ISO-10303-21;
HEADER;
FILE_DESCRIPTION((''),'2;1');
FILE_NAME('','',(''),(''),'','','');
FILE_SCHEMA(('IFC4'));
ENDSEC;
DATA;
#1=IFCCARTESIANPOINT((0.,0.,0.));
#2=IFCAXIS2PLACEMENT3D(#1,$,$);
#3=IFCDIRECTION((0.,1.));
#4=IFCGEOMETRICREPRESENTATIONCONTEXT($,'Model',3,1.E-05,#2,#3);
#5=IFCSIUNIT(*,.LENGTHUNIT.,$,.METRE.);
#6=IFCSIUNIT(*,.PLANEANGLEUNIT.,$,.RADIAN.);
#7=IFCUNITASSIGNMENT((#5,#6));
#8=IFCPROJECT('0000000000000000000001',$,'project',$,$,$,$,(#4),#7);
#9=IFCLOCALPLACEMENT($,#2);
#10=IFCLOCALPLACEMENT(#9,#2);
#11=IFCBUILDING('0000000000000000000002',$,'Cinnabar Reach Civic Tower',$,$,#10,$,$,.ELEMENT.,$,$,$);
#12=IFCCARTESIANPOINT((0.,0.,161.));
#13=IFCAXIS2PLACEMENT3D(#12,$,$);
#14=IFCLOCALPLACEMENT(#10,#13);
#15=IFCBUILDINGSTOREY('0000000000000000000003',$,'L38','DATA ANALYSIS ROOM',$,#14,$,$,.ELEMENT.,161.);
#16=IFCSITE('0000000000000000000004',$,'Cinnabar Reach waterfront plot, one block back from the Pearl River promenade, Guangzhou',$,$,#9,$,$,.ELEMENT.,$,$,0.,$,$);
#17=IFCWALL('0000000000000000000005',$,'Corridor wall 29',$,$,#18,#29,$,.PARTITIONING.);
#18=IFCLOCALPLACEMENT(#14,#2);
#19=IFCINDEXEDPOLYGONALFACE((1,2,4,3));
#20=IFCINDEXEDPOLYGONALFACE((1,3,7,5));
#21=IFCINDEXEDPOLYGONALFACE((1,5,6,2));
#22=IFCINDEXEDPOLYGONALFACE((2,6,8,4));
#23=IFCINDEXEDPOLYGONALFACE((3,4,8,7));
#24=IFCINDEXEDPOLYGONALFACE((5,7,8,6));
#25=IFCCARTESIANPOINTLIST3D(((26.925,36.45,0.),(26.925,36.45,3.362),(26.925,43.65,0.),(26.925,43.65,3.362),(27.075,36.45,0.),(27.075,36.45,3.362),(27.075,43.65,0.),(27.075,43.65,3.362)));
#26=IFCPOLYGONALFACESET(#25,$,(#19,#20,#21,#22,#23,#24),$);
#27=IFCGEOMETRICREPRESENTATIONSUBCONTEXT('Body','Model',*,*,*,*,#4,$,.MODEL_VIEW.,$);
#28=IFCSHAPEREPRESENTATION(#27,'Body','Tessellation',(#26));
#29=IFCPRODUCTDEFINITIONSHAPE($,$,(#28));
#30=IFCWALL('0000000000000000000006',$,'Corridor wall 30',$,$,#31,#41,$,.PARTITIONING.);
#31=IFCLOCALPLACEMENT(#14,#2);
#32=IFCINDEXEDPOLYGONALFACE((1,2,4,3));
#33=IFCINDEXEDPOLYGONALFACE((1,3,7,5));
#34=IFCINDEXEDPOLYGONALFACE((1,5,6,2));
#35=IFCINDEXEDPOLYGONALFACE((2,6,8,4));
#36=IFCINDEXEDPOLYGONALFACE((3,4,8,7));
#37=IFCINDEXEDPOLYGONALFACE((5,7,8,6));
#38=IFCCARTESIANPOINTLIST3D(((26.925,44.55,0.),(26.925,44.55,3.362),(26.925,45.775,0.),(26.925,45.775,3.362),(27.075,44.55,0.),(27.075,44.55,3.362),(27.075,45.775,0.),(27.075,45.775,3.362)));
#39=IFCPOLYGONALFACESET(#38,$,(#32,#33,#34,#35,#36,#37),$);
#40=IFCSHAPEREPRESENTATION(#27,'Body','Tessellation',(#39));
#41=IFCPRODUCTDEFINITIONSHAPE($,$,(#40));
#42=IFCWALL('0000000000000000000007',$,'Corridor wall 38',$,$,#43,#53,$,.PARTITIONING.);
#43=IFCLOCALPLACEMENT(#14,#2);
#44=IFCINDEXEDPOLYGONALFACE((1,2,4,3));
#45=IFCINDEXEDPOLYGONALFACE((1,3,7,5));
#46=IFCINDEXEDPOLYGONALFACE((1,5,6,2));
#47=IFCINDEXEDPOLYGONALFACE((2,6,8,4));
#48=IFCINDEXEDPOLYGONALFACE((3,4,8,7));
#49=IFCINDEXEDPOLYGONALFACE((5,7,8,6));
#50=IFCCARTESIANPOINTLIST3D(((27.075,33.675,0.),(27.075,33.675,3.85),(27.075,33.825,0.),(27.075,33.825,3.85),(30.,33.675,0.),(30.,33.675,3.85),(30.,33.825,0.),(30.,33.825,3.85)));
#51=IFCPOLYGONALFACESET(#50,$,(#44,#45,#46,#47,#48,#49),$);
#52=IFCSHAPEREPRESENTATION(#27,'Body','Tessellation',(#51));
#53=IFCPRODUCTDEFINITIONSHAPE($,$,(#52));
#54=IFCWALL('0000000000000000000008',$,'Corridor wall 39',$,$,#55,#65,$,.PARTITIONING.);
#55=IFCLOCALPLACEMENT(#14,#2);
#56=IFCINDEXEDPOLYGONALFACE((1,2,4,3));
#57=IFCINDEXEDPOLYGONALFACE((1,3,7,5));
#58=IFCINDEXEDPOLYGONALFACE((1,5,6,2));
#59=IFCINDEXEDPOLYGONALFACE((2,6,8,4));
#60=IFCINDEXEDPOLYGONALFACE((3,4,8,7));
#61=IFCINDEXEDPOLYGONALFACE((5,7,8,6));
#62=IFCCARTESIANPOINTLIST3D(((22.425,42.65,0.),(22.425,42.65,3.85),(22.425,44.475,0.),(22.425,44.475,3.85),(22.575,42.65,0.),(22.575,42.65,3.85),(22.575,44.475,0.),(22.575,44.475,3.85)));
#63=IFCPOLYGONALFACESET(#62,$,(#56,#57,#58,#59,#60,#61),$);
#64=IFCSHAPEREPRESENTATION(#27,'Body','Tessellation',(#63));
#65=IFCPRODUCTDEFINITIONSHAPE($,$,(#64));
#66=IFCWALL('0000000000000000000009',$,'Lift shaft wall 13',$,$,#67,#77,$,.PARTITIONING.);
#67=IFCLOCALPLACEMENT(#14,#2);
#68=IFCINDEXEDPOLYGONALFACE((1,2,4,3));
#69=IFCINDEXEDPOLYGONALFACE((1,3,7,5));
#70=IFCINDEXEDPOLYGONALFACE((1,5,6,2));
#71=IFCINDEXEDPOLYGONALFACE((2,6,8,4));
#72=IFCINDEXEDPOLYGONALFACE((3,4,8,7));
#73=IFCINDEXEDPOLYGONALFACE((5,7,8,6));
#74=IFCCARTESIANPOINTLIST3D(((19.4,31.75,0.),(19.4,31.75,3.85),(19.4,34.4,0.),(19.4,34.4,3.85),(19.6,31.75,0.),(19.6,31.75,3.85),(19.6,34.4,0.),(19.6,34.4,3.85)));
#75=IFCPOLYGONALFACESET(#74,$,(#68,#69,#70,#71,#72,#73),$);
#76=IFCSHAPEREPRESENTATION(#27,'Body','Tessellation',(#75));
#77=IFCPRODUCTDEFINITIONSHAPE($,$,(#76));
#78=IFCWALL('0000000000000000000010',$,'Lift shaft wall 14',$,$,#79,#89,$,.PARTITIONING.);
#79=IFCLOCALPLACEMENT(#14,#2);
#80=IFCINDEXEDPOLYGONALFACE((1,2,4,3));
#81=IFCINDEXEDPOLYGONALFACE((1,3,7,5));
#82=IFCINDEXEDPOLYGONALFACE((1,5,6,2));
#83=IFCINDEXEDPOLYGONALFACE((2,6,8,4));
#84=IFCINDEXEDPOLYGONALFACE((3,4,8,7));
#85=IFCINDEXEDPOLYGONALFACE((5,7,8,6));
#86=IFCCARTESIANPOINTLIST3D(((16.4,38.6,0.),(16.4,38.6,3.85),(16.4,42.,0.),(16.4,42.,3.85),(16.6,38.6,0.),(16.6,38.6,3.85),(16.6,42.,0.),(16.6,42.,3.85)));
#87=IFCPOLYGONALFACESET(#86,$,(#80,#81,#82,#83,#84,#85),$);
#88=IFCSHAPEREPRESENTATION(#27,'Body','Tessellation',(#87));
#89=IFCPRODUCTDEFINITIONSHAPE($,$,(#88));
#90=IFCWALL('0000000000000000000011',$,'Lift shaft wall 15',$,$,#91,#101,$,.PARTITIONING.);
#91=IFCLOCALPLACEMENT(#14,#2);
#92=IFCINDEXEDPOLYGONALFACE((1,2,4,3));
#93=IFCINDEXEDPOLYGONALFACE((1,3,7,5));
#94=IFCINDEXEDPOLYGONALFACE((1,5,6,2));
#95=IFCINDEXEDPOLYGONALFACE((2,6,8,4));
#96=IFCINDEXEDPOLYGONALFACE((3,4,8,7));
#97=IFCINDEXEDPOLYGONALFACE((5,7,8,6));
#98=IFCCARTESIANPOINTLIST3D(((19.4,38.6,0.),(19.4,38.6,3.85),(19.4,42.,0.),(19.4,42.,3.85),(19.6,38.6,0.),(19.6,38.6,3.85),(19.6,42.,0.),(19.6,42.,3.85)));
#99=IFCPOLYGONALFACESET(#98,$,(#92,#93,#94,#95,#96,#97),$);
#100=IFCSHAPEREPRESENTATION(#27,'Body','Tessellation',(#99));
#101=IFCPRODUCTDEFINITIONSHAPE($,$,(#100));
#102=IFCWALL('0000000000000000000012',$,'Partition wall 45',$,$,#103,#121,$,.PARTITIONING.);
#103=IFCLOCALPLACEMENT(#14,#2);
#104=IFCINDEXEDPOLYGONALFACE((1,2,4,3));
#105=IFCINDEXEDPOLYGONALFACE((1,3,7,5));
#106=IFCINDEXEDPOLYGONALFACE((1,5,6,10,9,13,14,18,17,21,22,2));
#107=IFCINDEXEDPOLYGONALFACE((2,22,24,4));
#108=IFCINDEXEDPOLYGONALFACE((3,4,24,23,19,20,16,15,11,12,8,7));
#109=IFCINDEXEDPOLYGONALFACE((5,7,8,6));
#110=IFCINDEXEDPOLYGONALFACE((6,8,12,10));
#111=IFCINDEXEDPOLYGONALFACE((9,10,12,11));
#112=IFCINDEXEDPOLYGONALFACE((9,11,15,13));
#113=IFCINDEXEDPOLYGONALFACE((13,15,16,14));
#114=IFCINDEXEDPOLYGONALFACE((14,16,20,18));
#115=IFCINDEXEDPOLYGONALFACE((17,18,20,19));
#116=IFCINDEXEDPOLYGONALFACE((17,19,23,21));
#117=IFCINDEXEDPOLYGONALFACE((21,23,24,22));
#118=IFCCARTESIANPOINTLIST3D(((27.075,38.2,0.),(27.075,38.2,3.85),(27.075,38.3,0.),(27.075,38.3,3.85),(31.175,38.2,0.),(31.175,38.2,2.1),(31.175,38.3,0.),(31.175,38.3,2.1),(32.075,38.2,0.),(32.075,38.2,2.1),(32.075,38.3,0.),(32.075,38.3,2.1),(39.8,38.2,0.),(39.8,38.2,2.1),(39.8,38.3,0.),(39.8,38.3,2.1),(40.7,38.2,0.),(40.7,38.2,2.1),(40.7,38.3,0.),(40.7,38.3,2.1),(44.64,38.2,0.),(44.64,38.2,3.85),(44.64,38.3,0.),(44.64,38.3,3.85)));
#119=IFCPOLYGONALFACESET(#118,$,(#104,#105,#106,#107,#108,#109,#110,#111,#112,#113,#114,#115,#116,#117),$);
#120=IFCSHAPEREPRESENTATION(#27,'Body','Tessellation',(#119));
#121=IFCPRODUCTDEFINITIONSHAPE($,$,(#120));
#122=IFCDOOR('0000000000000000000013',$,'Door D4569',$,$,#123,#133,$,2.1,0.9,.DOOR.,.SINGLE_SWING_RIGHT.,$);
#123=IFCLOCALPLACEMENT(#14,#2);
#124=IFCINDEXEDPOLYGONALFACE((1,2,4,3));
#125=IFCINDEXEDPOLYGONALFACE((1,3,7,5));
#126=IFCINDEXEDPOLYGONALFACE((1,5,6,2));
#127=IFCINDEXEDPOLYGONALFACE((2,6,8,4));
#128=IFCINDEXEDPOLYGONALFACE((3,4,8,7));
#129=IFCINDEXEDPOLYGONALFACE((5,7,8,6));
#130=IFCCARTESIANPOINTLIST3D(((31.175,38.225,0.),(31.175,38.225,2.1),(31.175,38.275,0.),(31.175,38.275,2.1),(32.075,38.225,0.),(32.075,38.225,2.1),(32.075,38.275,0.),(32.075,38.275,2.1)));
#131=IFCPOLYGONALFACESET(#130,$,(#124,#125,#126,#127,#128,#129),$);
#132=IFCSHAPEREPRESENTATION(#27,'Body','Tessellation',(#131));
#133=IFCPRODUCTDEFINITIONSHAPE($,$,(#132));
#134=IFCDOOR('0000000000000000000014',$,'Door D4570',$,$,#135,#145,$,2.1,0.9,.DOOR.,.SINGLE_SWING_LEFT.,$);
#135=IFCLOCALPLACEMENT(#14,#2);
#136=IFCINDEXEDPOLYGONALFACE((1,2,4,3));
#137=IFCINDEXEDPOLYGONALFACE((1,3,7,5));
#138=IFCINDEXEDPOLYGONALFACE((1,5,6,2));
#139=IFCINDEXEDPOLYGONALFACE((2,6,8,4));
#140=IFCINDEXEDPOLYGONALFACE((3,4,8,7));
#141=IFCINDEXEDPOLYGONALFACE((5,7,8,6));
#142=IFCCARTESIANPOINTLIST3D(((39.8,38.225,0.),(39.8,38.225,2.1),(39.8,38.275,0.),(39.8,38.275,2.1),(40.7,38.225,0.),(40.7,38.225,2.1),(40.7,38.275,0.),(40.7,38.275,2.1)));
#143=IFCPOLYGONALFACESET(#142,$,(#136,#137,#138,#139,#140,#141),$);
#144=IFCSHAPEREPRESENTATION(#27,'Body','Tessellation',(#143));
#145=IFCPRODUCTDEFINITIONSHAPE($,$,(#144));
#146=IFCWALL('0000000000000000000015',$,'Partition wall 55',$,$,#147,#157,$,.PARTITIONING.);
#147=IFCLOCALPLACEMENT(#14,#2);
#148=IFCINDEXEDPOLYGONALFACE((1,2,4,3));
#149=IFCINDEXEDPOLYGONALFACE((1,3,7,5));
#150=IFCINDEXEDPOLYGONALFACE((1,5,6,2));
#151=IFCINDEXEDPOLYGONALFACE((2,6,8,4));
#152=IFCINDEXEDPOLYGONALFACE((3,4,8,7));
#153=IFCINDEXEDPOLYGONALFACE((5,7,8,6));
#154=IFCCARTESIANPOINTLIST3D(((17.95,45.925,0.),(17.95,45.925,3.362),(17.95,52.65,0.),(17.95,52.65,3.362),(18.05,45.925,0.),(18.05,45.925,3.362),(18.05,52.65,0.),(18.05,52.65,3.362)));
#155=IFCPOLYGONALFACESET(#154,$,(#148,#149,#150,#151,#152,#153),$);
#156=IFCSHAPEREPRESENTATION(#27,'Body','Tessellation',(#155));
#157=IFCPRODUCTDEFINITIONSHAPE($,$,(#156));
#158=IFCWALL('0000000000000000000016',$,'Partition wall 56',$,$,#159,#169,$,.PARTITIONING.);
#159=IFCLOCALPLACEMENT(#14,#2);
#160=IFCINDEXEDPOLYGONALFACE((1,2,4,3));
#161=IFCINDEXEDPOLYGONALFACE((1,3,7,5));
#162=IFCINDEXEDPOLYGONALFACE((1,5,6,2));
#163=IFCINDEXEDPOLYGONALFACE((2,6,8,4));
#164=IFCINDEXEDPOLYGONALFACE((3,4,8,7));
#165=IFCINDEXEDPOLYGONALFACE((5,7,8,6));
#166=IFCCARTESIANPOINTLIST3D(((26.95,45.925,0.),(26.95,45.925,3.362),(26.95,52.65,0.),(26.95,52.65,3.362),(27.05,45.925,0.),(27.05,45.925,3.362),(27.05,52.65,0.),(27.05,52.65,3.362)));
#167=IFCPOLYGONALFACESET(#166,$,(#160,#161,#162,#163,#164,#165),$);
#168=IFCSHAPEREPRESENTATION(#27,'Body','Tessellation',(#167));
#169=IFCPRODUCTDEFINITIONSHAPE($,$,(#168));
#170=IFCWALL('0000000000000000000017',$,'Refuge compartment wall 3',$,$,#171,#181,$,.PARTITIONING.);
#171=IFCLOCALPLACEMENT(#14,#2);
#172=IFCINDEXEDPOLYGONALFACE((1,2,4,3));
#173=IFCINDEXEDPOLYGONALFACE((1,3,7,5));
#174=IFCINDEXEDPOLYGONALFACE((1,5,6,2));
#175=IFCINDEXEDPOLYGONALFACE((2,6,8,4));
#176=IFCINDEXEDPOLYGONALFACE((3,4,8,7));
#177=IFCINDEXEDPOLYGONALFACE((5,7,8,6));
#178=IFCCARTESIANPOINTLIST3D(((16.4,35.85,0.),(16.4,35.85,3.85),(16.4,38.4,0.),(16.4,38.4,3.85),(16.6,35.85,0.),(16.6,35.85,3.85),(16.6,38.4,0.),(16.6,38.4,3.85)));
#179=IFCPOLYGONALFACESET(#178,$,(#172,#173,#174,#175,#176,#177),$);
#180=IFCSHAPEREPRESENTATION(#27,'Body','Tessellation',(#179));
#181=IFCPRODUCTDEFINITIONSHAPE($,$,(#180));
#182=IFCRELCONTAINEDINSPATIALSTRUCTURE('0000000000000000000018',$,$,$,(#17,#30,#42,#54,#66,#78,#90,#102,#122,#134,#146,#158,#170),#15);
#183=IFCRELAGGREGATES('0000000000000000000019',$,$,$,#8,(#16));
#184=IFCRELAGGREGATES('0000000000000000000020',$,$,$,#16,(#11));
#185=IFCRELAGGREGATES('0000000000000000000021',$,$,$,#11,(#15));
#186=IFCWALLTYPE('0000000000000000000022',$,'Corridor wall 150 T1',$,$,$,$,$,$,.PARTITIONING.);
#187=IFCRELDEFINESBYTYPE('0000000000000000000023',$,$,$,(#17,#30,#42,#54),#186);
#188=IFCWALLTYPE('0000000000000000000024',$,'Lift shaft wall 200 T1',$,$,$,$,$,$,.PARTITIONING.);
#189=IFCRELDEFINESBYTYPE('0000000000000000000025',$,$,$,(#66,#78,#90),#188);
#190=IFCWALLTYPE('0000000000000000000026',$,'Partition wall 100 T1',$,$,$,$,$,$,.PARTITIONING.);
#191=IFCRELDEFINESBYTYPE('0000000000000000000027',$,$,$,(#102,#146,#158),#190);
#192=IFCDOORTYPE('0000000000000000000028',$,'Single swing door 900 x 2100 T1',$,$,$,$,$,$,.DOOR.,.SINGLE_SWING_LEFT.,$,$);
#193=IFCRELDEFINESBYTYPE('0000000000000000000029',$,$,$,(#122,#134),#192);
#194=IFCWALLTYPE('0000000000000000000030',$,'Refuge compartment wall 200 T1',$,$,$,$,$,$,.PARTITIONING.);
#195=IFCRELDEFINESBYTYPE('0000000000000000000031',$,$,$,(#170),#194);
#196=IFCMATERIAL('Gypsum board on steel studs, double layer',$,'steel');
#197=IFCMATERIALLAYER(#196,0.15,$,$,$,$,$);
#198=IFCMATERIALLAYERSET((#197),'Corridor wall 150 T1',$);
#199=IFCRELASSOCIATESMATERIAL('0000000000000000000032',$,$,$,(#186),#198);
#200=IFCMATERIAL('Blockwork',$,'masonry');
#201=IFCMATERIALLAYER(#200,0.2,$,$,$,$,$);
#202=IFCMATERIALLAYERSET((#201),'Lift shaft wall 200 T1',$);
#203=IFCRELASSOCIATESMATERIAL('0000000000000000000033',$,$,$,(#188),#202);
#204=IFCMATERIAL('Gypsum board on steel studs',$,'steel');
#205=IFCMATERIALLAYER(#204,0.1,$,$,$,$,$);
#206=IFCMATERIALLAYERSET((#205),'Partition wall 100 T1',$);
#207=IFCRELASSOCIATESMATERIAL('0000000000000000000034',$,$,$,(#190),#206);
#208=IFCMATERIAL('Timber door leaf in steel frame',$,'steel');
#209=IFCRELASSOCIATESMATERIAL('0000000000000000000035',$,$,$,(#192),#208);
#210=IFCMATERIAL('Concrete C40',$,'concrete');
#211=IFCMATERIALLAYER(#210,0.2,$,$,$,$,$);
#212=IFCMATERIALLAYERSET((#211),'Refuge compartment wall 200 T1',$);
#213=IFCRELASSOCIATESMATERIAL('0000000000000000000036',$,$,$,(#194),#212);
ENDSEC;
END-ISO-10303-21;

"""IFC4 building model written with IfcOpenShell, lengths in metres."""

from ifc_helpers import new_model, si_unit, direction, frame, frame_2d, origin, place, context, subcontext, project, spatial, rectangle, extrude, material, layer, layer_set, type_object, element, fill, save


model = new_model("IFC4")

# Units and contexts
model_context = context("Model", 3, precision=1e-05, world=origin(), true_north=direction((0.0, 1.0)))
body_context = subcontext(model_context, "Body", "Model", "MODEL_VIEW")
ifc_project = project(units=[si_unit("LENGTHUNIT", "METRE"), si_unit("PLANEANGLEUNIT", "RADIAN")], contexts=[model_context])

# Site, building, storey
site_placement = place(None, origin())
site = spatial("IfcSite", under=ifc_project, at=site_placement, Name="Cinnabar Reach waterfront plot, one block back from the Pearl River promenade, Guangzhou", CompositionType="ELEMENT", RefElevation=0.0)
building_placement = place(site_placement, origin())
building = spatial("IfcBuilding", under=site, at=building_placement, Name="Cinnabar Reach Civic Tower", CompositionType="ELEMENT")
storey_placement = place(building_placement, frame((0.0, 0.0, 161.0)))
storey = spatial("IfcBuildingStorey", under=building, at=storey_placement, Name="L38", Description="DATA ANALYSIS ROOM", CompositionType="ELEMENT", Elevation=161.0)

# Shared definitions
ifc_material_1 = material(Name="Gypsum board on steel studs, double layer", Category="steel")
ifc_layer_1 = layer(ifc_material_1, 0.15)
ifc_layer_set_1 = layer_set([ifc_layer_1], Name="Corridor wall 150 T1")
wall_type_1 = type_object("IfcWallType", Name="Corridor wall 150 T1", PredefinedType="PARTITIONING", material=ifc_layer_set_1)
ifc_material_2 = material(Name="Timber door leaf in steel frame", Category="steel")

# Walls
wall_1_placement = place(storey_placement, frame((27.0, 36.45, 0.0), z_axis=(0.0, 0.0, 1.0), x_axis=(0.0, 1.0, 0.0)))
element("IfcWall", 1, at=wall_1_placement, inside=storey, type_object=wall_type_1, Name="Corridor wall 29", PredefinedType="PARTITIONING", context=body_context, shape_type="SweptSolid", body=[
    extrude(rectangle(XDim=7.2, YDim=0.15, at=frame_2d((3.6, 0.0))), origin(), (0.0, 0.0, 1.0), 3.362),
])
wall_2_placement = place(storey_placement, frame((27.0, 44.55, 0.0), z_axis=(0.0, 0.0, 1.0), x_axis=(0.0, 1.0, 0.0)))
element("IfcWall", 2, at=wall_2_placement, inside=storey, type_object=wall_type_1, Name="Corridor wall 30", PredefinedType="PARTITIONING", context=body_context, shape_type="SweptSolid", body=[
    extrude(rectangle(XDim=1.225, YDim=0.15, at=frame_2d((0.6125, 0.0))), origin(), (0.0, 0.0, 1.0), 3.362),
])
wall_3_placement = place(storey_placement, frame((27.075, 33.75, 0.0), z_axis=(0.0, 0.0, 1.0), x_axis=(1.0, 0.0, 0.0)))
element("IfcWall", 3, at=wall_3_placement, inside=storey, type_object=wall_type_1, Name="Corridor wall 38", PredefinedType="PARTITIONING", context=body_context, shape_type="SweptSolid", body=[
    extrude(rectangle(XDim=2.925, YDim=0.15, at=frame_2d((1.4625, 0.0))), origin(), (0.0, 0.0, 1.0), 3.85),
])
wall_4_placement = place(storey_placement, frame((22.5, 42.65, 0.0), z_axis=(0.0, 0.0, 1.0), x_axis=(0.0, 1.0, 0.0)))
element("IfcWall", 4, at=wall_4_placement, inside=storey, type_object=wall_type_1, Name="Corridor wall 39", PredefinedType="PARTITIONING", context=body_context, shape_type="SweptSolid", body=[
    extrude(rectangle(XDim=1.825, YDim=0.15, at=frame_2d((0.9125, 0.0))), origin(), (0.0, 0.0, 1.0), 3.85),
])
ifc_material_3 = material(Name="Blockwork", Category="masonry")
ifc_layer_2 = layer(ifc_material_3, 0.2)
ifc_layer_set_2 = layer_set([ifc_layer_2], Name="Lift shaft wall 200 T1")
wall_type_2 = type_object("IfcWallType", Name="Lift shaft wall 200 T1", PredefinedType="PARTITIONING", material=ifc_layer_set_2)
wall_5_placement = place(storey_placement, frame((19.5, 31.75, 0.0), z_axis=(0.0, 0.0, 1.0), x_axis=(0.0, 1.0, 0.0)))
element("IfcWall", 5, at=wall_5_placement, inside=storey, type_object=wall_type_2, Name="Lift shaft wall 13", PredefinedType="PARTITIONING", context=body_context, shape_type="SweptSolid", body=[
    extrude(rectangle(XDim=2.65, YDim=0.2, at=frame_2d((1.325, 0.0))), origin(), (0.0, 0.0, 1.0), 3.85),
])
for number, where, z_axis, x_axis, name in (
    (6, (16.5, 38.6, 0.0), (0.0, 0.0, 1.0), (0.0, 1.0, 0.0), "Lift shaft wall 14"),
    (7, (19.5, 38.6, 0.0), (0.0, 0.0, 1.0), (0.0, 1.0, 0.0), "Lift shaft wall 15"),
):
    element("IfcWall", number, at=place(storey_placement, frame(where, z_axis=z_axis, x_axis=x_axis)), inside=storey, type_object=wall_type_2, Name=name, PredefinedType="PARTITIONING", context=body_context, shape_type="SweptSolid", body=[
        extrude(rectangle(XDim=3.4, YDim=0.2, at=frame_2d((1.7, 0.0))), origin(), (0.0, 0.0, 1.0), 3.85),
    ])

# Wall, openings, doors
ifc_material_4 = material(Name="Gypsum board on steel studs", Category="steel")
ifc_layer_3 = layer(ifc_material_4, 0.1)
ifc_layer_set_3 = layer_set([ifc_layer_3], Name="Partition wall 100 T1")
wall_type_3 = type_object("IfcWallType", Name="Partition wall 100 T1", PredefinedType="PARTITIONING", material=ifc_layer_set_3)
wall_6_placement = place(storey_placement, frame((27.075, 38.25, 0.0), z_axis=(0.0, 0.0, 1.0), x_axis=(1.0, 0.0, 0.0)))
wall_6 = element("IfcWall", 8, at=wall_6_placement, inside=storey, type_object=wall_type_3, Name="Partition wall 45", PredefinedType="PARTITIONING", context=body_context, shape_type="SweptSolid", body=[
    extrude(rectangle(XDim=17.565, YDim=0.1, at=frame_2d((8.7825, 0.0))), origin(), (0.0, 0.0, 1.0), 3.85),
])
opening_1_placement = place(wall_6_placement, frame((4.1, 0.0, 0.0)))
opening_1 = element("IfcOpeningElement", 9, at=opening_1_placement, cuts=wall_6, PredefinedType="OPENING", context=body_context, shape_type="SweptSolid", body=[
    extrude(rectangle(XDim=0.9, YDim=2.1, at=frame_2d((0.45, 1.05))), frame((0.0, 0.06, 0.0), z_axis=(0.0, -1.0, 0.0), x_axis=(1.0, 0.0, 0.0)), (0.0, 0.0, 1.0), 0.12),
])
opening_2_placement = place(wall_6_placement, frame((12.725, 0.0, 0.0)))
opening_2 = element("IfcOpeningElement", 10, at=opening_2_placement, cuts=wall_6, PredefinedType="OPENING", context=body_context, shape_type="SweptSolid", body=[
    extrude(rectangle(XDim=0.9, YDim=2.1, at=frame_2d((0.45, 1.05))), frame((0.0, 0.06, 0.0), z_axis=(0.0, -1.0, 0.0), x_axis=(1.0, 0.0, 0.0)), (0.0, 0.0, 1.0), 0.12),
])
door_type_1 = type_object("IfcDoorType", Name="Single swing door 900 x 2100 T1", OperationType="SINGLE_SWING_LEFT", PredefinedType="DOOR", material=ifc_material_2)
door_1_placement = place(opening_1_placement, frame((0.9, 0.0, 0.0), z_axis=(0.0, 0.0, 1.0), x_axis=(-1.0, 0.0, 0.0)))
door_1 = element("IfcDoor", 11, at=door_1_placement, inside=storey, type_object=door_type_1, Name="Door D4569", OperationType="SINGLE_SWING_RIGHT", OverallHeight=2.1, OverallWidth=0.9, PredefinedType="DOOR", context=body_context, shape_type="SweptSolid", body=[
    extrude(rectangle(XDim=0.9, YDim=2.1, at=frame_2d((0.45, 1.05))), frame((0.0, 0.025, 0.0), z_axis=(0.0, -1.0, 0.0), x_axis=(1.0, 0.0, 0.0)), (0.0, 0.0, 1.0), 0.05),
])
fill(opening_1, door_1)
door_2_placement = place(opening_2_placement, origin())
door_2 = element("IfcDoor", 12, at=door_2_placement, inside=storey, type_object=door_type_1, Name="Door D4570", OperationType="SINGLE_SWING_LEFT", OverallHeight=2.1, OverallWidth=0.9, PredefinedType="DOOR", context=body_context, shape_type="SweptSolid", body=[
    extrude(rectangle(XDim=0.9, YDim=2.1, at=frame_2d((0.45, 1.05))), frame((0.0, 0.025, 0.0), z_axis=(0.0, -1.0, 0.0), x_axis=(1.0, 0.0, 0.0)), (0.0, 0.0, 1.0), 0.05),
])
fill(opening_2, door_2)

# Walls
for number, where, z_axis, x_axis, name in (
    (13, (18.0, 45.925, 0.0), (0.0, 0.0, 1.0), (0.0, 1.0, 0.0), "Partition wall 55"),
    (14, (27.0, 45.925, 0.0), (0.0, 0.0, 1.0), (0.0, 1.0, 0.0), "Partition wall 56"),
):
    element("IfcWall", number, at=place(storey_placement, frame(where, z_axis=z_axis, x_axis=x_axis)), inside=storey, type_object=wall_type_3, Name=name, PredefinedType="PARTITIONING", context=body_context, shape_type="SweptSolid", body=[
        extrude(rectangle(XDim=6.725, YDim=0.1, at=frame_2d((3.3625, 0.0))), origin(), (0.0, 0.0, 1.0), 3.362),
    ])
ifc_material_5 = material(Name="Concrete C40", Category="concrete")
ifc_layer_4 = layer(ifc_material_5, 0.2)
ifc_layer_set_4 = layer_set([ifc_layer_4], Name="Refuge compartment wall 200 T1")
wall_type_4 = type_object("IfcWallType", Name="Refuge compartment wall 200 T1", PredefinedType="PARTITIONING", material=ifc_layer_set_4)
wall_7_placement = place(storey_placement, frame((16.5, 35.85, 0.0), z_axis=(0.0, 0.0, 1.0), x_axis=(0.0, 1.0, 0.0)))
element("IfcWall", 15, at=wall_7_placement, inside=storey, type_object=wall_type_4, Name="Refuge compartment wall 3", PredefinedType="PARTITIONING", context=body_context, shape_type="SweptSolid", body=[
    extrude(rectangle(XDim=2.55, YDim=0.2, at=frame_2d((1.275, 0.0))), origin(), (0.0, 0.0, 1.0), 3.85),
])

save(model, "model.ifc")
